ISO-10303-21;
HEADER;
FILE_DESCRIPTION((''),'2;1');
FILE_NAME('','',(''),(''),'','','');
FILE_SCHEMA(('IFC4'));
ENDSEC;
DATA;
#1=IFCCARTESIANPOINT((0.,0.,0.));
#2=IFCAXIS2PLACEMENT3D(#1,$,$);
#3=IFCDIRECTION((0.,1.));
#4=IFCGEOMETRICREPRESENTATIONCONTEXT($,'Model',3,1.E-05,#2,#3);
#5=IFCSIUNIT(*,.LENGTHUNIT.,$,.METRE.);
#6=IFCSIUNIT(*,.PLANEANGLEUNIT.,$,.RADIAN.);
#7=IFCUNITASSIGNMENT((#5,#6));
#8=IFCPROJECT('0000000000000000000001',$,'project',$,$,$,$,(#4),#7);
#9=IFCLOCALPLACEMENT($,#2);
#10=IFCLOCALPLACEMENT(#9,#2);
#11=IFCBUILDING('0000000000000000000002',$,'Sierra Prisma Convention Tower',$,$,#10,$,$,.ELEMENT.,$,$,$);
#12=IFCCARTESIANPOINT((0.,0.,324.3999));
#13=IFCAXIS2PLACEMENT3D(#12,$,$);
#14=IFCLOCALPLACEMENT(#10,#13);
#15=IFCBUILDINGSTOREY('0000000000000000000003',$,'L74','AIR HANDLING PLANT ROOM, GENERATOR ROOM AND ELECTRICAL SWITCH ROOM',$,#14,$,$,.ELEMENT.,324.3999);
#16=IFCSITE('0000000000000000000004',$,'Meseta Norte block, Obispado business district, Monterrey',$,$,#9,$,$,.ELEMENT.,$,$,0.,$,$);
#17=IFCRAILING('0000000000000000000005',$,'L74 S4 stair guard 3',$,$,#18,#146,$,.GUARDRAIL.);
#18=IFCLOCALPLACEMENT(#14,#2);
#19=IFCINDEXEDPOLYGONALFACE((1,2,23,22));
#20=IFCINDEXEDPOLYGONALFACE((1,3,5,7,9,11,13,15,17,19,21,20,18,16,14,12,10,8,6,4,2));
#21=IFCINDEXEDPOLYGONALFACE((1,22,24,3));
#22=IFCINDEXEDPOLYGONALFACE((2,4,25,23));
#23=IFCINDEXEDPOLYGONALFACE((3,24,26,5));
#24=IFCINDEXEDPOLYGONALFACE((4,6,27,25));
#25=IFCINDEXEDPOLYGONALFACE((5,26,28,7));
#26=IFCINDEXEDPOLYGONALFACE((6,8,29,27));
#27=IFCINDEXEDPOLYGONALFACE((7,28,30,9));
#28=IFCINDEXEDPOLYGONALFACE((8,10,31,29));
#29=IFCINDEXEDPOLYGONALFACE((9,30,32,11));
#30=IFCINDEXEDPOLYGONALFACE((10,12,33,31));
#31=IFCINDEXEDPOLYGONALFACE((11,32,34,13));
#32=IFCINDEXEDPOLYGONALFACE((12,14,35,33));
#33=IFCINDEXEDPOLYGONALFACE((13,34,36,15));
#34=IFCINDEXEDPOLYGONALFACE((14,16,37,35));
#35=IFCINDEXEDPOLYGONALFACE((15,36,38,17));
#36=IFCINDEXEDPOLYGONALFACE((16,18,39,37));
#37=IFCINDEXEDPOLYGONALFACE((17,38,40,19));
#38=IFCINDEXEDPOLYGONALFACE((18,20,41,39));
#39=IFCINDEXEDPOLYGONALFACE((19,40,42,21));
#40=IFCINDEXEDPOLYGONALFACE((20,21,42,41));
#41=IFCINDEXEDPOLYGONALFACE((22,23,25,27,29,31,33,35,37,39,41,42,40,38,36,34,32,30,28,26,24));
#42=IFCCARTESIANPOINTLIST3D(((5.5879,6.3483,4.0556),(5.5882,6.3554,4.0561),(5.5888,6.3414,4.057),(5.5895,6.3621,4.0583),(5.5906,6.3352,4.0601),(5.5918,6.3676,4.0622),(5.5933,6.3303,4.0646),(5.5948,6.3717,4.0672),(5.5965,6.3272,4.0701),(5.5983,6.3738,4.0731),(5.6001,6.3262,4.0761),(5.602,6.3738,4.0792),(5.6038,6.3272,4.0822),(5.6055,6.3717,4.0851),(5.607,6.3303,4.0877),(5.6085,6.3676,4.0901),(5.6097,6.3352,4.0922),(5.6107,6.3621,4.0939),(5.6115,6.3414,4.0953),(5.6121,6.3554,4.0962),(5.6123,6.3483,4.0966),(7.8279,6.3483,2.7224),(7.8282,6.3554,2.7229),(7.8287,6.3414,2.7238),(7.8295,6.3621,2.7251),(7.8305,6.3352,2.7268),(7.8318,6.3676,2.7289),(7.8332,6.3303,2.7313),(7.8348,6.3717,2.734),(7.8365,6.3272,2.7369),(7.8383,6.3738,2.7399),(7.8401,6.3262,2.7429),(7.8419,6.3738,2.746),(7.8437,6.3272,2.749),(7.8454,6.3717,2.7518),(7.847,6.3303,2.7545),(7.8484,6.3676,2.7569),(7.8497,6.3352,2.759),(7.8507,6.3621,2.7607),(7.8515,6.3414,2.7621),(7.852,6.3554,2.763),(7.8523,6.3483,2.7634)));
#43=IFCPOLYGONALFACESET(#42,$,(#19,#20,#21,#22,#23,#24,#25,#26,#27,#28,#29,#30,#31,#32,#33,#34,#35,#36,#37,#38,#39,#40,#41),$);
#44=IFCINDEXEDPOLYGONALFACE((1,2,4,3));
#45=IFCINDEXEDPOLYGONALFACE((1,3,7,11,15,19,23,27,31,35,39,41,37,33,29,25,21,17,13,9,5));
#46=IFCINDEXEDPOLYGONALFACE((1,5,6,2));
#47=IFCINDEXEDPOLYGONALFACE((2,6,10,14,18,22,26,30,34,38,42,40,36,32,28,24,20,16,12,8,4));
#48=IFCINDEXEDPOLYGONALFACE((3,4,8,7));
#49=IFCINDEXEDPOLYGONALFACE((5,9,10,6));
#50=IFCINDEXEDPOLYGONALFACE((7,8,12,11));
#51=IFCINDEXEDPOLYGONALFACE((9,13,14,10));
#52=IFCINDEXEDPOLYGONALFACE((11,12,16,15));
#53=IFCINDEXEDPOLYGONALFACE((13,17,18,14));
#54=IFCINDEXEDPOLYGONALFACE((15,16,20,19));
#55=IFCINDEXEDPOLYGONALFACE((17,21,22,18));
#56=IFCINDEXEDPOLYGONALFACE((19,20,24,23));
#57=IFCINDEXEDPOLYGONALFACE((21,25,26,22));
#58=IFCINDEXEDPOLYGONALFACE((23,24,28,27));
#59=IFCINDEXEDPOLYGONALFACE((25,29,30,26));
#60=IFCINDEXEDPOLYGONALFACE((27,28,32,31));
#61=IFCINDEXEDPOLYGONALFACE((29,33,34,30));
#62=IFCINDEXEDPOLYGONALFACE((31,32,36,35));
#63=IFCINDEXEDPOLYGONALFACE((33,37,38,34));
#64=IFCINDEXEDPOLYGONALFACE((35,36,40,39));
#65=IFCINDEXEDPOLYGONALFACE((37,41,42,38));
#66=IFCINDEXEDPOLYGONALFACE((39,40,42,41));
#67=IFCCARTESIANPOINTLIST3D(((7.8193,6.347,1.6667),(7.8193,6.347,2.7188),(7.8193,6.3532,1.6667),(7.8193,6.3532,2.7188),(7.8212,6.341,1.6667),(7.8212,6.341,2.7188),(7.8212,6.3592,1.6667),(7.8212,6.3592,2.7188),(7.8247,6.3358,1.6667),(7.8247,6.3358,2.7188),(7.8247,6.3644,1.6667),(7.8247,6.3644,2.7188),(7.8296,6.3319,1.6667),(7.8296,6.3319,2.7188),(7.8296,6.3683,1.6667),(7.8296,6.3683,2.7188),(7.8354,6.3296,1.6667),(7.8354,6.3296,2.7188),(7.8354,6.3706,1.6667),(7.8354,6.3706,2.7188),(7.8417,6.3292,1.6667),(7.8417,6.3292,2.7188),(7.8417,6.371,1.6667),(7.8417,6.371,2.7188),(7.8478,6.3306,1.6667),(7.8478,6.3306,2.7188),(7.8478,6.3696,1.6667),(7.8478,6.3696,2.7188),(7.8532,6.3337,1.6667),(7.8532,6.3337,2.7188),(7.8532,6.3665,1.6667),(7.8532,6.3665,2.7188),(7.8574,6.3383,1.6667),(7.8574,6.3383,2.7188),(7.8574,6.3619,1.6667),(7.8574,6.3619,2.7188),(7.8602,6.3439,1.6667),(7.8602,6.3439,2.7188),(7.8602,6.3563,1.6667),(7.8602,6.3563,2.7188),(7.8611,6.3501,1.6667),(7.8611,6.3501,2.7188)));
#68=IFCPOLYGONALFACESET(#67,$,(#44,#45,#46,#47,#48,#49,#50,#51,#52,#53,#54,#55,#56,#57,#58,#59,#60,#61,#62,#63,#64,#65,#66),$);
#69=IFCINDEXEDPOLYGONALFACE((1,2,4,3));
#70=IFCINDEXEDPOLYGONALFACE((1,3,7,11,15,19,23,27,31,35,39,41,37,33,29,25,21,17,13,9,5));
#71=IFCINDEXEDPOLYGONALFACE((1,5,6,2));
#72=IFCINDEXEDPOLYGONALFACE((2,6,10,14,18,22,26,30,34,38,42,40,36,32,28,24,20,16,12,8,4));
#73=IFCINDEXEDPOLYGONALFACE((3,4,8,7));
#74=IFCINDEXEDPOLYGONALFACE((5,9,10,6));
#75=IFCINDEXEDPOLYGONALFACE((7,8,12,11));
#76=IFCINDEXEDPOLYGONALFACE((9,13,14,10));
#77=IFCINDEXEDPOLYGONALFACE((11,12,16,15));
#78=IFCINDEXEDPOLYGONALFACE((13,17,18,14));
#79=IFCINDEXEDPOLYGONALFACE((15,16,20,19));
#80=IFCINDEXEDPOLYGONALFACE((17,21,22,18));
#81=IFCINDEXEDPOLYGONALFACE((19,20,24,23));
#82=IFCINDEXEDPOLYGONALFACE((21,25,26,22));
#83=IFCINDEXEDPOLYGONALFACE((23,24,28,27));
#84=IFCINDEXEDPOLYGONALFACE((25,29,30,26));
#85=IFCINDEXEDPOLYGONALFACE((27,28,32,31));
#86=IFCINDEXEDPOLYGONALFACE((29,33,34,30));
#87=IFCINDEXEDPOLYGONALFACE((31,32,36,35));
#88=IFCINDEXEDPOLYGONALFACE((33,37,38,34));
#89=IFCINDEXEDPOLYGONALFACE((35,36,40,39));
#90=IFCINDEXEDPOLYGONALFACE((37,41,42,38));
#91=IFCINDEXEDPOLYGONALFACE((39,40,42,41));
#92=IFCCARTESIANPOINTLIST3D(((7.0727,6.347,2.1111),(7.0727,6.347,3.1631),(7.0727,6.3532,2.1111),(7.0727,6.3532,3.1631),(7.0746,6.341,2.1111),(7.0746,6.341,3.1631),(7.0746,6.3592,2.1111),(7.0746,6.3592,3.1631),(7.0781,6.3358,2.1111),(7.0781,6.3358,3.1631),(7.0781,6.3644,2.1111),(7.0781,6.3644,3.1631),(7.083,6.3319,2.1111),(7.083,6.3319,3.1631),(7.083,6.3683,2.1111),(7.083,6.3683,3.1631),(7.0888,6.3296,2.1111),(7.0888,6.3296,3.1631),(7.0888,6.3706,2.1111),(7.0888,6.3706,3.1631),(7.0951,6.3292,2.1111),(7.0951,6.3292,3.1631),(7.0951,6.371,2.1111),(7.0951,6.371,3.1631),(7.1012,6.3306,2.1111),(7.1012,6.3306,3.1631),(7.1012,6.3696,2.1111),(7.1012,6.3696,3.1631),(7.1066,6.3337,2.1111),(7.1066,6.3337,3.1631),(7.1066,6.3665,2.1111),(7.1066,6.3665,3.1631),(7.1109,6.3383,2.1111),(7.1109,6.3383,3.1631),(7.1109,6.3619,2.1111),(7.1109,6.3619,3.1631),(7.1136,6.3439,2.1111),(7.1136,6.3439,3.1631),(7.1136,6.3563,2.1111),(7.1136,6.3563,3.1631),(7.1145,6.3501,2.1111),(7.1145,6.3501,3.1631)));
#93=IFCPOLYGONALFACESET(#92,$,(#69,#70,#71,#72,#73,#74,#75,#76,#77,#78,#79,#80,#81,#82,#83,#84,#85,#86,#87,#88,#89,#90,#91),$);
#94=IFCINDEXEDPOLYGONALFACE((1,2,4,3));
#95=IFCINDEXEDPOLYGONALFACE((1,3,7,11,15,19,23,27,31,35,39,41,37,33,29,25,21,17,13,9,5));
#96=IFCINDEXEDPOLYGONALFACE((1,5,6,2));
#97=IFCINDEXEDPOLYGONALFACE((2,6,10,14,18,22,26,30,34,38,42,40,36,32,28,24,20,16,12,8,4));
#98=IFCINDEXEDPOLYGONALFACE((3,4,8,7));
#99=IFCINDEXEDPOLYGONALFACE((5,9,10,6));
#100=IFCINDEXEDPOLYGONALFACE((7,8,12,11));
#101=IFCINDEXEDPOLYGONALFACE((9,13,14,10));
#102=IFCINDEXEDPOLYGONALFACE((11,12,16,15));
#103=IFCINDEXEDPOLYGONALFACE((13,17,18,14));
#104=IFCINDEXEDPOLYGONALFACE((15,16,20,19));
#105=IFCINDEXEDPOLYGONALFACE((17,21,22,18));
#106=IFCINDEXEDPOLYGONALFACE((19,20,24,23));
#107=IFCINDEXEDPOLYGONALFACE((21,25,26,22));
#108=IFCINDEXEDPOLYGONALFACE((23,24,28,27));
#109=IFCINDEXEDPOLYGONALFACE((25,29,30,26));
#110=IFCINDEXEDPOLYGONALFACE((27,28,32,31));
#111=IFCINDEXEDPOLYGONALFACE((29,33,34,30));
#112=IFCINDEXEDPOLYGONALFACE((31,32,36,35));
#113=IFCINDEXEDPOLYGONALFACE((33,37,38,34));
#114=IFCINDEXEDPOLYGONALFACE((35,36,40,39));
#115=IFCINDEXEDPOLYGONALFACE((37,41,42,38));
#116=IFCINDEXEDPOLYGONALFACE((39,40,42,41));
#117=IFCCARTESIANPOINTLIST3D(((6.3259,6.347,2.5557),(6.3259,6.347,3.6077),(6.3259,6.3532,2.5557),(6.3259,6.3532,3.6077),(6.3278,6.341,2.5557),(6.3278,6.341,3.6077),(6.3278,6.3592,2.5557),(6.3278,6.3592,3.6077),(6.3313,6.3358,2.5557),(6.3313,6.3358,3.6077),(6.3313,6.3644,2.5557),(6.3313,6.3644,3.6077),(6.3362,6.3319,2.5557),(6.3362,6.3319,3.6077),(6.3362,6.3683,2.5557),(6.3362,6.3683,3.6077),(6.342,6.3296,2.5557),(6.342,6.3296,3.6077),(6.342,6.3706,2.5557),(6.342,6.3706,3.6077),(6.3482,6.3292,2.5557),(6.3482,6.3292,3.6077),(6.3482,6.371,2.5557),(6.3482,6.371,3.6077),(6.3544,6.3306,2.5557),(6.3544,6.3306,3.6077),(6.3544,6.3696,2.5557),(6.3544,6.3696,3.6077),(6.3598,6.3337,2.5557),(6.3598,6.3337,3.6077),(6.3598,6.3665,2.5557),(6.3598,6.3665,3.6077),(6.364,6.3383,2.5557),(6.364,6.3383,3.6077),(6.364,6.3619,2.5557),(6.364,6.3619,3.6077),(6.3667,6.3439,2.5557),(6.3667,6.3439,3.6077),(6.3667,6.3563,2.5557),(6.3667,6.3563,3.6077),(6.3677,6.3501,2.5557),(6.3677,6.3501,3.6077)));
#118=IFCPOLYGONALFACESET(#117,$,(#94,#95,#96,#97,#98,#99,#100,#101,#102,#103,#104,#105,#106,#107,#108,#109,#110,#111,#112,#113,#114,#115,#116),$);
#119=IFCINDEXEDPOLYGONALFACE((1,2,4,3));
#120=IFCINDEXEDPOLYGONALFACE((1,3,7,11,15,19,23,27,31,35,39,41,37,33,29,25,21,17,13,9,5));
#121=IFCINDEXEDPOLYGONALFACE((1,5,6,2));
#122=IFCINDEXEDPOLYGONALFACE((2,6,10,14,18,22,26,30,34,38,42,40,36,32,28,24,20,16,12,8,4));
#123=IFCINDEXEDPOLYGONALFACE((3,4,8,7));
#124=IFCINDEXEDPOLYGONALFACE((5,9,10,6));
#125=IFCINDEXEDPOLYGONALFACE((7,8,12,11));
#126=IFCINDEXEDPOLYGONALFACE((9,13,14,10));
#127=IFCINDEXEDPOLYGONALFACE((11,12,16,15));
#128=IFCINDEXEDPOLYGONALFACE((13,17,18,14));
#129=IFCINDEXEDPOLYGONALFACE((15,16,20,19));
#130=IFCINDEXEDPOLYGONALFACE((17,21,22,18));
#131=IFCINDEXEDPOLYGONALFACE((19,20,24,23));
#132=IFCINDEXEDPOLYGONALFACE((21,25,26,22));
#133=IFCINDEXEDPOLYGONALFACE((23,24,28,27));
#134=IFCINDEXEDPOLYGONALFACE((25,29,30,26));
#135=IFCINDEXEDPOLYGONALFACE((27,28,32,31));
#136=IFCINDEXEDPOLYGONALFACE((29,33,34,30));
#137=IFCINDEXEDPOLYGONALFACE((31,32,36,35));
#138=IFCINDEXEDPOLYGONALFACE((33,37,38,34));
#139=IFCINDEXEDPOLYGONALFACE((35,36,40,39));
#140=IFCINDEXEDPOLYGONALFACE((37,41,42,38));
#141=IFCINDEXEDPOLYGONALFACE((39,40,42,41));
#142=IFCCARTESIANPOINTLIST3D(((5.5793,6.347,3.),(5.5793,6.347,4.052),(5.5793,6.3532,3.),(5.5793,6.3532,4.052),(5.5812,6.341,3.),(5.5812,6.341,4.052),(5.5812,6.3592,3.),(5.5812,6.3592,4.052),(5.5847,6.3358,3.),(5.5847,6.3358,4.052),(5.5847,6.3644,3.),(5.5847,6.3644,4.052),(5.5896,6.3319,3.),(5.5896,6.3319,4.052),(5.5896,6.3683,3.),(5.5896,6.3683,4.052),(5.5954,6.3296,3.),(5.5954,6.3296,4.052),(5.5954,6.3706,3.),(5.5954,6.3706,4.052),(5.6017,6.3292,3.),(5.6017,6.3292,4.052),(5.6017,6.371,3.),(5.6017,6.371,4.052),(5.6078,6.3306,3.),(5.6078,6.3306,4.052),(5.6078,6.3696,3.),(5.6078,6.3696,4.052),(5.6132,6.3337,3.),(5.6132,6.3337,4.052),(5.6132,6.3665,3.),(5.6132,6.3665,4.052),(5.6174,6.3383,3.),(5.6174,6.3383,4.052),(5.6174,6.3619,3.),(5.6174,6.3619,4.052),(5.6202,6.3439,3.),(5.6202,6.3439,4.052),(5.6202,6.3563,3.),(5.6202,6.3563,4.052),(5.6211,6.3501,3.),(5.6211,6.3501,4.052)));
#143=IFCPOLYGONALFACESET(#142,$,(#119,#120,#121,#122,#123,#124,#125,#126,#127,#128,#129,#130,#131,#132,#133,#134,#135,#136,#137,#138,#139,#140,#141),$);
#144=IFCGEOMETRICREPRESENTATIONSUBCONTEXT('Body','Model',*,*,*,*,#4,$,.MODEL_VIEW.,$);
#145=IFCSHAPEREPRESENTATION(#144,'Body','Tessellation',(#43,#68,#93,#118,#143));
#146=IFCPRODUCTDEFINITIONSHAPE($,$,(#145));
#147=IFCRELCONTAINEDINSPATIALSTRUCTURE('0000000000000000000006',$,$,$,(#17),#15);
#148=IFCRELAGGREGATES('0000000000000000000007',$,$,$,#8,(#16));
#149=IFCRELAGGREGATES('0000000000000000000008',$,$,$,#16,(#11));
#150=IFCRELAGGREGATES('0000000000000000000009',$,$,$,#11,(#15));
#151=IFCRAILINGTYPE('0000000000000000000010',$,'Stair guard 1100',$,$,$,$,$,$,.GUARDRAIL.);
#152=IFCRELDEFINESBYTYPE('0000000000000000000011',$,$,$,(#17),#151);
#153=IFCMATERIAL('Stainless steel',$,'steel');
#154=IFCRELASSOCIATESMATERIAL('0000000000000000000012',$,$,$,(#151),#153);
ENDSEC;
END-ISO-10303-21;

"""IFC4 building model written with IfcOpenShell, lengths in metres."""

from ifc_helpers import new_model, si_unit, direction, frame, origin, origin_2d, place, context, subcontext, project, spatial, circle, extrude, material, type_object, element, save


model = new_model("IFC4")

# Units and contexts
model_context = context("Model", 3, precision=1e-05, world=origin(), true_north=direction((0.0, 1.0)))
body_context = subcontext(model_context, "Body", "Model", "MODEL_VIEW")
ifc_project = project(units=[si_unit("LENGTHUNIT", "METRE"), si_unit("PLANEANGLEUNIT", "RADIAN")], contexts=[model_context])

# Site, building, storey
site_placement = place(None, origin())
site = spatial("IfcSite", under=ifc_project, at=site_placement, Name="Meseta Norte block, Obispado business district, Monterrey", CompositionType="ELEMENT", RefElevation=0.0)
building_placement = place(site_placement, origin())
building = spatial("IfcBuilding", under=site, at=building_placement, Name="Sierra Prisma Convention Tower", CompositionType="ELEMENT")
storey_placement = place(building_placement, frame((0.0, 0.0, 324.3999)))
storey = spatial("IfcBuildingStorey", under=building, at=storey_placement, Name="L74", Description="AIR HANDLING PLANT ROOM, GENERATOR ROOM AND ELECTRICAL SWITCH ROOM", CompositionType="ELEMENT", Elevation=324.3999)

# Railing
ifc_material_1 = material(Name="Stainless steel", Category="steel")
railing_type = type_object("IfcRailingType", Name="Stair guard 1100", PredefinedType="GUARDRAIL", material=ifc_material_1)
railing_1_placement = place(storey_placement, frame((7.8401, 6.3501, 1.6667)))
element("IfcRailing", 1, at=railing_1_placement, inside=storey, type_object=railing_type, Name="L74 S4 stair guard 3", PredefinedType="GUARDRAIL", context=body_context, shape_type="SweptSolid", body=[
    extrude(circle(Radius=0.0239, at=origin_2d()), frame((0.0, 0.0, 1.0762), z_axis=(-0.859306, 0.0, 0.511462), x_axis=(0.0, -1.0, 0.0)), (0.0, 0.0, 1.0), 2.6067),
    extrude(circle(Radius=0.021, at=origin_2d()), origin(), (0.0, 0.0, 1.0), 1.052),
    extrude(circle(Radius=0.021, at=origin_2d()), frame((-0.7466, 0.0, 0.4443)), (0.0, 0.0, 1.0), 1.052),
    extrude(circle(Radius=0.021, at=origin_2d()), frame((-1.4934, 0.0, 0.8889)), (0.0, 0.0, 1.0), 1.052),
    extrude(circle(Radius=0.021, at=origin_2d()), frame((-2.24, 0.0, 1.3333)), (0.0, 0.0, 1.0), 1.052),
])

save(model, "model.ifc")
